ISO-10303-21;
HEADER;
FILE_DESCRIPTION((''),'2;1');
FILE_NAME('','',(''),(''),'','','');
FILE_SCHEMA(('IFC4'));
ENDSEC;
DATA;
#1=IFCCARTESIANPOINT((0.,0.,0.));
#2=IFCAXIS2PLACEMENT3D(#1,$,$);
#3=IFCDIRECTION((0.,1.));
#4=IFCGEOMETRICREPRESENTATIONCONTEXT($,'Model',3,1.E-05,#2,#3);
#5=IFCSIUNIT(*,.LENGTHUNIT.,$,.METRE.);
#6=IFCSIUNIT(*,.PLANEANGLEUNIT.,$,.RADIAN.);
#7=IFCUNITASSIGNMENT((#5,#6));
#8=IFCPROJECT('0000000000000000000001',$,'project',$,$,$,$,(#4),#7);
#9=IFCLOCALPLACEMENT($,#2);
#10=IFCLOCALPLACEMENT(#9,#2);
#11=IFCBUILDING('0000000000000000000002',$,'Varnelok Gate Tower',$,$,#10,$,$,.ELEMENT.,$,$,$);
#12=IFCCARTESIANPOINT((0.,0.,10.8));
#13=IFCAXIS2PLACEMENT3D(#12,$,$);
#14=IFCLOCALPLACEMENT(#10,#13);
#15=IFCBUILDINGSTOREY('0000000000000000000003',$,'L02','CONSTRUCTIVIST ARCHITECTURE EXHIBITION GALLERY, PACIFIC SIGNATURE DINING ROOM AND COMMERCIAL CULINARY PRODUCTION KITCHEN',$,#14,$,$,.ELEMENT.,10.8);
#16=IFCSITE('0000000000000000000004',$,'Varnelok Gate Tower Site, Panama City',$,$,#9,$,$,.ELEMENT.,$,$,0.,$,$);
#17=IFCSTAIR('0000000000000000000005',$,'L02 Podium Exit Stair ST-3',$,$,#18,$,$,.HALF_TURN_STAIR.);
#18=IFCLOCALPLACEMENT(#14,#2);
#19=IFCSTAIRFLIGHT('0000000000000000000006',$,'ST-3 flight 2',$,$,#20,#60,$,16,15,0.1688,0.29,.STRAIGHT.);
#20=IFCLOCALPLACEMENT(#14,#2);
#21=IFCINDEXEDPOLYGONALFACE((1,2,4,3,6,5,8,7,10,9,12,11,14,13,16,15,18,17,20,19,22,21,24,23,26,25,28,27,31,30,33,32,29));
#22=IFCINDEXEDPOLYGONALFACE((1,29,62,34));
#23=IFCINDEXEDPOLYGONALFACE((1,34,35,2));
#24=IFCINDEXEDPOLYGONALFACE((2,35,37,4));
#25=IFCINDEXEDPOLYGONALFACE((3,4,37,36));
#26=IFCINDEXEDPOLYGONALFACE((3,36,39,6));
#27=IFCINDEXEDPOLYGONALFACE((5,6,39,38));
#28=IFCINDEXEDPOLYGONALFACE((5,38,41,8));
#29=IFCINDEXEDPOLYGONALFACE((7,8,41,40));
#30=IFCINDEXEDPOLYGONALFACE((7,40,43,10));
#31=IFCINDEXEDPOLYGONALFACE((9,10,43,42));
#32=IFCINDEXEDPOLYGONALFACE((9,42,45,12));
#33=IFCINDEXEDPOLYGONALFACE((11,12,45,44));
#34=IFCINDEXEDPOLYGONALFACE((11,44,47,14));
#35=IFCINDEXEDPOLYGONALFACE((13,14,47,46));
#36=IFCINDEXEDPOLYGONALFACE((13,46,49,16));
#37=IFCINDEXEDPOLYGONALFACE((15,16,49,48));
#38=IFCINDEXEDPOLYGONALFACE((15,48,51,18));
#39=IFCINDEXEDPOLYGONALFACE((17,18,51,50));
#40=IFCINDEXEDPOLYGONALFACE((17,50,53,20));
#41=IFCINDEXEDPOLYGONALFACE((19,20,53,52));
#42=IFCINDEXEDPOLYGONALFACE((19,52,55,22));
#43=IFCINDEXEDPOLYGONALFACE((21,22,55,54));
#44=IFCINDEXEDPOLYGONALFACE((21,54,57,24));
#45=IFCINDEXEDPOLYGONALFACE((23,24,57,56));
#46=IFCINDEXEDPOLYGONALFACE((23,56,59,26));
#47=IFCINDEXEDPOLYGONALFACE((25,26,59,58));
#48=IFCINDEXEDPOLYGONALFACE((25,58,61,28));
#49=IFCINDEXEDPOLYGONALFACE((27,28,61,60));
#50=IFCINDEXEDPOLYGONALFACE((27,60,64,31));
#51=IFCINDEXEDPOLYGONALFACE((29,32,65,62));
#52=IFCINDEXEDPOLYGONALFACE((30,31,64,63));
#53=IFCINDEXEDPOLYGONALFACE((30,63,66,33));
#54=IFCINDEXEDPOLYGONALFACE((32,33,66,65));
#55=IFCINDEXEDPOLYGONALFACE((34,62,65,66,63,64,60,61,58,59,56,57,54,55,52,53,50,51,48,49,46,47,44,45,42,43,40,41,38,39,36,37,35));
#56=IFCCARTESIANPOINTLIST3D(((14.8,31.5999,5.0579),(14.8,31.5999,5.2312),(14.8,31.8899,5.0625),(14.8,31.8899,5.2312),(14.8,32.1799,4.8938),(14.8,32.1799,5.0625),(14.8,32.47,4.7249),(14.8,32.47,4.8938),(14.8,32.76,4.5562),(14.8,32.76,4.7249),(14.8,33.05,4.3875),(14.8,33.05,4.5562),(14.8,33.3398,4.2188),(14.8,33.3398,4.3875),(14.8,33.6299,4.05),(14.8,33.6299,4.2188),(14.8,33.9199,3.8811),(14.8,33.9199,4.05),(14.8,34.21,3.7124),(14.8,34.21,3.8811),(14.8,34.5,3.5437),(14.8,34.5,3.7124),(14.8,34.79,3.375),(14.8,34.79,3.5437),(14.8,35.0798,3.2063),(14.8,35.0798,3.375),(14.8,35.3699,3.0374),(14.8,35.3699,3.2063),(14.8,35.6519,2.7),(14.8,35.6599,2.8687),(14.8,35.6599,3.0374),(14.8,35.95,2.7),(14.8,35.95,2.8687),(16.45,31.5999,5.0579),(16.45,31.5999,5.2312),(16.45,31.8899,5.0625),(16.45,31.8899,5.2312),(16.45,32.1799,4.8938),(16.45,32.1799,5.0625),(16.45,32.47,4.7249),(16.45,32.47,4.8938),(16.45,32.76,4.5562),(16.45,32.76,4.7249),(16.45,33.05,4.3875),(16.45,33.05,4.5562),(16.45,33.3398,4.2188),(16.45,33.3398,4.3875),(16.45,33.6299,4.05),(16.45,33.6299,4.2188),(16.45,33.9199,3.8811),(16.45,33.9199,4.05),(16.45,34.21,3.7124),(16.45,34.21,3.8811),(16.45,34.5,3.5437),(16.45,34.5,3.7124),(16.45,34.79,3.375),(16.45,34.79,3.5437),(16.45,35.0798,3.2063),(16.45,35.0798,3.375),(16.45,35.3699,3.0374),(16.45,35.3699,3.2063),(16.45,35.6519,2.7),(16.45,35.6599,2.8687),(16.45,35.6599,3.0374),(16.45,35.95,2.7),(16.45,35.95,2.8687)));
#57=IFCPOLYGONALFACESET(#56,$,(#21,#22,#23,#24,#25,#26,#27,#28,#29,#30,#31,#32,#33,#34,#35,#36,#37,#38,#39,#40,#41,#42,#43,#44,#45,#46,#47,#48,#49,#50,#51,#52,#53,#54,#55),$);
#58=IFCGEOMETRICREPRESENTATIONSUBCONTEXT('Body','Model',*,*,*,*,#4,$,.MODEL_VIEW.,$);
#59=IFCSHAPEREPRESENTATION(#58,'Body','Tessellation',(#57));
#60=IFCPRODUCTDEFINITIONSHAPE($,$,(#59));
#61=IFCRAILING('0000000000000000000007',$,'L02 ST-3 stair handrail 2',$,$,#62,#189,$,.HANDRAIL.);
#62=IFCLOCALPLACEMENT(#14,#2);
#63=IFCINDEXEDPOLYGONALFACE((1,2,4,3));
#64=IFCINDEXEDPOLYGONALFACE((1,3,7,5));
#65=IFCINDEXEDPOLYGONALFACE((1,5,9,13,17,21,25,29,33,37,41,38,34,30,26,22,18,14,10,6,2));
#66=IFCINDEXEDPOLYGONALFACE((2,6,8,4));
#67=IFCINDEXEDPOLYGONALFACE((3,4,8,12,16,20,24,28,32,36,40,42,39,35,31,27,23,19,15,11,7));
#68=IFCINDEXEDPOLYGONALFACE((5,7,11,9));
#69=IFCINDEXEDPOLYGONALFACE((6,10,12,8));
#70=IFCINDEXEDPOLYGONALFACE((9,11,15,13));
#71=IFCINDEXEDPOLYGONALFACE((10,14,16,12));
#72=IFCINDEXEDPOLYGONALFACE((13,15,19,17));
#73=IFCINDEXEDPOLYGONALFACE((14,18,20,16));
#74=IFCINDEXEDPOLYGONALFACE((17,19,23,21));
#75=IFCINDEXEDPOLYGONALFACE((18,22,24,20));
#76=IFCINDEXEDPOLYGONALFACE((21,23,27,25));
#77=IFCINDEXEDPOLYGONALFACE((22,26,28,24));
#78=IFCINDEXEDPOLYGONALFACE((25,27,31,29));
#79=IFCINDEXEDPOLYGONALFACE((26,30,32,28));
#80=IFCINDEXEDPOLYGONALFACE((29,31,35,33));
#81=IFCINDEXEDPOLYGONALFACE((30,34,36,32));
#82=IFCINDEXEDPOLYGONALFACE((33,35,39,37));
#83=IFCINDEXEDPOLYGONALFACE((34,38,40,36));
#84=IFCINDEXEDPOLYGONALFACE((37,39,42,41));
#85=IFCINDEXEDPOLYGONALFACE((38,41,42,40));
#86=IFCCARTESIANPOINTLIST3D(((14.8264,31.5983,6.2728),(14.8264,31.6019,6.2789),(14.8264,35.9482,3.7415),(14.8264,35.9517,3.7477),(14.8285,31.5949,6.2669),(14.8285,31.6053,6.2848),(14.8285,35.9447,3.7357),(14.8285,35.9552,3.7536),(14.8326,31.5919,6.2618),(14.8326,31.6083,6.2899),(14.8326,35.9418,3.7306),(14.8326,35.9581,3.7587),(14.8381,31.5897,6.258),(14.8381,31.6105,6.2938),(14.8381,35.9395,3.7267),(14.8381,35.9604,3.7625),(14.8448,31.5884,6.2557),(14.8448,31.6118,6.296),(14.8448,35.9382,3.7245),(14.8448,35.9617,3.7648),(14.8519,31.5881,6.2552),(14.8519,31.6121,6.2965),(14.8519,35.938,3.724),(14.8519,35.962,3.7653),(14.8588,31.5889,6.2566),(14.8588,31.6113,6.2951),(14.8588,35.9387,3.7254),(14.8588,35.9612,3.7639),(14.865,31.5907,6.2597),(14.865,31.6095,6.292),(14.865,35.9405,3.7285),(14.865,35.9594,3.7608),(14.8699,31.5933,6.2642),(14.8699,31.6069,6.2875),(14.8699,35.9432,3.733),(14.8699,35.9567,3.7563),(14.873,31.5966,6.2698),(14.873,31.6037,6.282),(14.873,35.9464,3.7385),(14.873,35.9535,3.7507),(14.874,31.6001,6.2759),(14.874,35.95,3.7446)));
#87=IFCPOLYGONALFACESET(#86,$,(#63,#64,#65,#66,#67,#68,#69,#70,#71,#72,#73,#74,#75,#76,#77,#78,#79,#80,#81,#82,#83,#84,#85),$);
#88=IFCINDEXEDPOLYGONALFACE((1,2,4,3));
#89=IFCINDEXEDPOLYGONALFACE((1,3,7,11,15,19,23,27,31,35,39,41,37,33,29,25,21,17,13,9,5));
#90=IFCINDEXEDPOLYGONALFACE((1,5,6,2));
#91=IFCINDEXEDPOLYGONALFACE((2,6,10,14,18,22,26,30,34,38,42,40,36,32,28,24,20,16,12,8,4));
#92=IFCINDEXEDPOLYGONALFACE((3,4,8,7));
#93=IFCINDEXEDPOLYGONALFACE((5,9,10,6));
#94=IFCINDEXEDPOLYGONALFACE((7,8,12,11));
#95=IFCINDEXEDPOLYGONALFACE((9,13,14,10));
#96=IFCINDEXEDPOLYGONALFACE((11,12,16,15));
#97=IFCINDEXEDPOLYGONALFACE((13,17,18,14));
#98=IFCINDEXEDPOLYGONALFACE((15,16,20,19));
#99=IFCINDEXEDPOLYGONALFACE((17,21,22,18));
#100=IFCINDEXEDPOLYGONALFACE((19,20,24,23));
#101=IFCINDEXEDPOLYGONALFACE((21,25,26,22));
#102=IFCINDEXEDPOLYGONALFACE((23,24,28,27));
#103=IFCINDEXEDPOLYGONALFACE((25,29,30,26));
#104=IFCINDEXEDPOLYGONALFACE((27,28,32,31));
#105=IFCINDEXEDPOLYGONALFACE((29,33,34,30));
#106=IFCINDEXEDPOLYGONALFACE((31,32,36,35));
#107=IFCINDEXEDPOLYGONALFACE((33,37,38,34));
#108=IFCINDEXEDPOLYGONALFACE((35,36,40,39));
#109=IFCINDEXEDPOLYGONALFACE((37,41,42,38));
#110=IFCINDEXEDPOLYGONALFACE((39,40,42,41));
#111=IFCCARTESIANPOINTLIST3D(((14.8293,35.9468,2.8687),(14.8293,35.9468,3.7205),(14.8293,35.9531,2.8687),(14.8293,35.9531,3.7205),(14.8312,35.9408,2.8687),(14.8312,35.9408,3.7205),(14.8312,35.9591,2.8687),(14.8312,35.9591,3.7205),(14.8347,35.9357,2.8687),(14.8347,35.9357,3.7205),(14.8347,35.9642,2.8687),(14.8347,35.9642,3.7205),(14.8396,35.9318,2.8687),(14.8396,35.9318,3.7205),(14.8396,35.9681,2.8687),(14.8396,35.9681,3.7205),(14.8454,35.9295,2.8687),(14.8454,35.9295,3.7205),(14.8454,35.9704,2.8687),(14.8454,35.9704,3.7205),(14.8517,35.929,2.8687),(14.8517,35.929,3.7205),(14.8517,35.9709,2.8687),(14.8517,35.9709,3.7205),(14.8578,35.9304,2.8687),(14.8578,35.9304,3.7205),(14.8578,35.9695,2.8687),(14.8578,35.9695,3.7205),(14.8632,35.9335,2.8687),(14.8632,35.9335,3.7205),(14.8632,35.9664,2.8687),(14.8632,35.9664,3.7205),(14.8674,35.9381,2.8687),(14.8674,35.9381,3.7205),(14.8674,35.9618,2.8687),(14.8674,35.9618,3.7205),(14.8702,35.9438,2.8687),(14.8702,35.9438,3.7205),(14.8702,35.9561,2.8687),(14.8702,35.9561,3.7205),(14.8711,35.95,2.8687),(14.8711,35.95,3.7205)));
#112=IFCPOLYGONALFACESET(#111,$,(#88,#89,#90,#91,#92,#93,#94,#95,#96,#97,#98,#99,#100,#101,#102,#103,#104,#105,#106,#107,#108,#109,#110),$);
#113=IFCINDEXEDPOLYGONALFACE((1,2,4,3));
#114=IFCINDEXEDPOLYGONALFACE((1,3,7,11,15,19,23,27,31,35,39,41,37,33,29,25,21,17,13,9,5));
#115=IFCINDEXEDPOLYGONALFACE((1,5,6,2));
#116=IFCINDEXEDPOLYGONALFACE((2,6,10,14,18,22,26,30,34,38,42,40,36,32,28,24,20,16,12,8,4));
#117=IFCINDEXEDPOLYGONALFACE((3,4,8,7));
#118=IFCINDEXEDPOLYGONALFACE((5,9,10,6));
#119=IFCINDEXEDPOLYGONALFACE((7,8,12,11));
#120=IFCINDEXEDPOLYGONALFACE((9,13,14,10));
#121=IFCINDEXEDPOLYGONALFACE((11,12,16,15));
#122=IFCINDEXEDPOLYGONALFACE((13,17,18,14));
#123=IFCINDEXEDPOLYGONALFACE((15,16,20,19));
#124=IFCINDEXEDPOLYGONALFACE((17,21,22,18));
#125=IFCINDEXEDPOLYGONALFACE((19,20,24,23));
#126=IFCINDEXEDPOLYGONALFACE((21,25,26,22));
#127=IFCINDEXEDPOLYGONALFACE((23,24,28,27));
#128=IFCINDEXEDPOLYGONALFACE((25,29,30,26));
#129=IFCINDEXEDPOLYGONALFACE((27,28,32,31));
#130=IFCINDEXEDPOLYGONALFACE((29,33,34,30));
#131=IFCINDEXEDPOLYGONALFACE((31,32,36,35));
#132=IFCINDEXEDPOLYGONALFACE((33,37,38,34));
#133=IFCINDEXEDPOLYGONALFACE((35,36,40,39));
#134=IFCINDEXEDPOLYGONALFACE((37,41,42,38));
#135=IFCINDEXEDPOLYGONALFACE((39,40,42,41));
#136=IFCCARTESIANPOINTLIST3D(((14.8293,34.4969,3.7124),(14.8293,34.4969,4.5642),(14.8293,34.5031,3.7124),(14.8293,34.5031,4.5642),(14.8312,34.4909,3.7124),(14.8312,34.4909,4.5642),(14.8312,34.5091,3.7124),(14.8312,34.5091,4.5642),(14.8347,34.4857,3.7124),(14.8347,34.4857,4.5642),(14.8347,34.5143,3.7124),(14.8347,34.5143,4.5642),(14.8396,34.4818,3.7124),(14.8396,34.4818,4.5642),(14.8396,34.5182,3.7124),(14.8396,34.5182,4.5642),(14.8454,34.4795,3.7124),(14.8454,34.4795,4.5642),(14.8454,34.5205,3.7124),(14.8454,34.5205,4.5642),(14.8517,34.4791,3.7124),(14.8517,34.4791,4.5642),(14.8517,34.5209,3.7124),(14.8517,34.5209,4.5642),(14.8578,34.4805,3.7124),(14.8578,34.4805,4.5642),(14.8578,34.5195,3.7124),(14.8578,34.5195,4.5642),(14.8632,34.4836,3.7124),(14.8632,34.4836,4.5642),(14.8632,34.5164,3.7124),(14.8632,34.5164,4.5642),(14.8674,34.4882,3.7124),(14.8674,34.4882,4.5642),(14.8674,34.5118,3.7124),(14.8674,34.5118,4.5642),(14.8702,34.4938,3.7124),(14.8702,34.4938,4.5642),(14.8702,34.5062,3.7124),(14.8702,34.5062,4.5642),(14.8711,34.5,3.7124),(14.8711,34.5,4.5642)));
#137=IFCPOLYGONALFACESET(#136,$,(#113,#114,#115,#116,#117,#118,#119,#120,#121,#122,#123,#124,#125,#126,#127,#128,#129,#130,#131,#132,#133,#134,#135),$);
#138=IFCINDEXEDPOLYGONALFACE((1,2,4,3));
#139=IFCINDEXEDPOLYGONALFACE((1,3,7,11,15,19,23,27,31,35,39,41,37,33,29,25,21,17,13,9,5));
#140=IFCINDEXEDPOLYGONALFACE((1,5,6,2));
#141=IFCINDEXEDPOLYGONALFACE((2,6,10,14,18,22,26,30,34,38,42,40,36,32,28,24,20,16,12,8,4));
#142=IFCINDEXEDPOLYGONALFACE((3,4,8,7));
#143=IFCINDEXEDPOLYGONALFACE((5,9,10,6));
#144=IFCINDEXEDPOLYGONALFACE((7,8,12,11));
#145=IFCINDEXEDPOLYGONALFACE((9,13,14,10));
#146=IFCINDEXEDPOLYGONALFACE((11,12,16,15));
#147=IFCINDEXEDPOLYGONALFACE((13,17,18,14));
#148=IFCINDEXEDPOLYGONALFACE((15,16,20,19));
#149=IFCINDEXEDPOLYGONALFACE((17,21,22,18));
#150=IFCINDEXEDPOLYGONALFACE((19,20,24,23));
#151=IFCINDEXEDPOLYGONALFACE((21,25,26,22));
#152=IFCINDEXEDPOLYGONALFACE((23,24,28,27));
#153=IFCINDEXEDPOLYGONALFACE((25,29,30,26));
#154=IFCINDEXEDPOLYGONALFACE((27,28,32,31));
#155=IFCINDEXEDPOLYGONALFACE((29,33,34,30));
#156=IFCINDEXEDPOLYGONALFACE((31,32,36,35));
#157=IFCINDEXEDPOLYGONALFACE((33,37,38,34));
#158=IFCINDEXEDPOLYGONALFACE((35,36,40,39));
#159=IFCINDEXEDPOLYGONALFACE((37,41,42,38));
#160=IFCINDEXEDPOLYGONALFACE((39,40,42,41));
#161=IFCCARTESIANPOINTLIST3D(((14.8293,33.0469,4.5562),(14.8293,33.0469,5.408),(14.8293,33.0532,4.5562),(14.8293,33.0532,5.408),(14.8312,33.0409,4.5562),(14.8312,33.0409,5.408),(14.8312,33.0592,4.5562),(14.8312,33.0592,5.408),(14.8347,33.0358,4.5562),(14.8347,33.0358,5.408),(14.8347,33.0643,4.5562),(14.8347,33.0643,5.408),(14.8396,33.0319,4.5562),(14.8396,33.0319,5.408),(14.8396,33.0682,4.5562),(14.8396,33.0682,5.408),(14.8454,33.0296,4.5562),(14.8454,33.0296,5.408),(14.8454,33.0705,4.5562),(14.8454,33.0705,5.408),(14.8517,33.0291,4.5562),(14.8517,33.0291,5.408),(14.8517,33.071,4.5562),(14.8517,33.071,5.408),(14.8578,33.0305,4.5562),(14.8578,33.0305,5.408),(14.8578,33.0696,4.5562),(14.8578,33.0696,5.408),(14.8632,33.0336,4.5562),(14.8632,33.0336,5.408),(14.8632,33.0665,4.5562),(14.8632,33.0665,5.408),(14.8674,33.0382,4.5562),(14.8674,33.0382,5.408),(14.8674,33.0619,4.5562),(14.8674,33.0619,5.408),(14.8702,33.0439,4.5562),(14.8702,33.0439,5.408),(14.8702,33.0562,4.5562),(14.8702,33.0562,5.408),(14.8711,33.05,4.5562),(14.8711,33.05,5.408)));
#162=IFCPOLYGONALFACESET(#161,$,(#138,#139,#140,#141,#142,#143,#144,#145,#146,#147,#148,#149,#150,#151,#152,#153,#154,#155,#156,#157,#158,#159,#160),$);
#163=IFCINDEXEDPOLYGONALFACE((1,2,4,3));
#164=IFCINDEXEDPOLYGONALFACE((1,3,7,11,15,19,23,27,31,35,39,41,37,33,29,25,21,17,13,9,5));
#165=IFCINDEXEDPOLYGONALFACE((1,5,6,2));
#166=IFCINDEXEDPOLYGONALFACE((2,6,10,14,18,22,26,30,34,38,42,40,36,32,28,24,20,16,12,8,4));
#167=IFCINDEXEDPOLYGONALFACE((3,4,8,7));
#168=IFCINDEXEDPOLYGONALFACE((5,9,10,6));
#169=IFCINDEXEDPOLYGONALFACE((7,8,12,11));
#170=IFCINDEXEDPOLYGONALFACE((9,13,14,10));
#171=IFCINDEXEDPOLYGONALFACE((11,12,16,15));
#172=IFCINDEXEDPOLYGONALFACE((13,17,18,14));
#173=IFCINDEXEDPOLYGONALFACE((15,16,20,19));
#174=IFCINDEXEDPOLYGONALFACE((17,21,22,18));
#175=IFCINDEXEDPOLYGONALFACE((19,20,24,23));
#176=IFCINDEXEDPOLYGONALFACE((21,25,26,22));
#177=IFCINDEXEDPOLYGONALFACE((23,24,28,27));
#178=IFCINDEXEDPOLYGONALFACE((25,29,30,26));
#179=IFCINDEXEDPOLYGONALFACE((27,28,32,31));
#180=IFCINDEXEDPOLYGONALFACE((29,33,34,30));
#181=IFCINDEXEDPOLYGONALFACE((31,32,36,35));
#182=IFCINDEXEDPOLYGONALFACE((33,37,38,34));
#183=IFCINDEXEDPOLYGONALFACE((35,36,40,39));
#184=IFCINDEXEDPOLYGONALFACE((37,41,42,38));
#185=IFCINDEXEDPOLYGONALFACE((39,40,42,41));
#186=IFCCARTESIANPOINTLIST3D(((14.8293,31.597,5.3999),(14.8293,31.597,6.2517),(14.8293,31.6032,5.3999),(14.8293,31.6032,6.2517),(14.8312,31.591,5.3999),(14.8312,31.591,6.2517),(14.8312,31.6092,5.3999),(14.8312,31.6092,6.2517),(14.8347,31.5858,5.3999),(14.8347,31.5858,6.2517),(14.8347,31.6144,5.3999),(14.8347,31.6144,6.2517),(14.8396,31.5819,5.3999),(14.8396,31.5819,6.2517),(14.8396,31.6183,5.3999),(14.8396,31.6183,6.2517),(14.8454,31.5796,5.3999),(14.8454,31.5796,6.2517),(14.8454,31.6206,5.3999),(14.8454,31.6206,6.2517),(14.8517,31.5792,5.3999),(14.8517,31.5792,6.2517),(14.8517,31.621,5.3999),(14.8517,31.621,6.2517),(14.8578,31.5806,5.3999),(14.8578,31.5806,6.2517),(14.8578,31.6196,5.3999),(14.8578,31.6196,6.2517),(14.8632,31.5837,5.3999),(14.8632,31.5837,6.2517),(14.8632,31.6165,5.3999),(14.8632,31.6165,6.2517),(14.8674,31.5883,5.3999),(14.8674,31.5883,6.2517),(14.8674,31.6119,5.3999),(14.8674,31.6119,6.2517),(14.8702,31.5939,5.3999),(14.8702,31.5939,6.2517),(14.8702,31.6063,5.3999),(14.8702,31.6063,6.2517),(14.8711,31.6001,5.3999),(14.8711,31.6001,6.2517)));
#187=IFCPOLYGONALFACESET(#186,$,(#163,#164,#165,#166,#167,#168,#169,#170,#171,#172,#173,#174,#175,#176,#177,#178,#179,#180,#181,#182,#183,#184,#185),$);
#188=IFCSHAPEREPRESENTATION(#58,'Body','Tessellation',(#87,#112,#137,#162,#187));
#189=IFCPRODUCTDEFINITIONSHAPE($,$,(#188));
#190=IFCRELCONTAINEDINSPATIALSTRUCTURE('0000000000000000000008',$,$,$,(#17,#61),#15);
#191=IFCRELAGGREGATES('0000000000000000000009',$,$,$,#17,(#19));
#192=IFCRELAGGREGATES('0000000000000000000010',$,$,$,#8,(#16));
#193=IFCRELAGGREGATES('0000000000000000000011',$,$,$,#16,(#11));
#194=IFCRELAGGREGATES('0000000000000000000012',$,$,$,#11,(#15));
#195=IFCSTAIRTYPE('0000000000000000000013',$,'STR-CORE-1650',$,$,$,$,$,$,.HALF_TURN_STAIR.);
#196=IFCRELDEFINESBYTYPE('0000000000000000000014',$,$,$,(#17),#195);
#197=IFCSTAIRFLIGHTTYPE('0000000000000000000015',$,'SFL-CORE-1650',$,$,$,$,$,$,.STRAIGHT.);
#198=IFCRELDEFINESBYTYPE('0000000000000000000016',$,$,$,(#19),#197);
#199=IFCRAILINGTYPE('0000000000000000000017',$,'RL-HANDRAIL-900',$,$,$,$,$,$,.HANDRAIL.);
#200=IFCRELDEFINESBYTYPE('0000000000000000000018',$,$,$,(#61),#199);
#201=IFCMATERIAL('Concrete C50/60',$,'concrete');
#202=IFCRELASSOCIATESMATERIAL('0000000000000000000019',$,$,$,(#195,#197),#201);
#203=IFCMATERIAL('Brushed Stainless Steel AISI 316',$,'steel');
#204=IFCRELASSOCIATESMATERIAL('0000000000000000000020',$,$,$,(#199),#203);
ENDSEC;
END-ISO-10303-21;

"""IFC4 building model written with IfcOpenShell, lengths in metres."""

from ifc_helpers import new_model, si_unit, direction, frame, origin, origin_2d, place, context, subcontext, project, spatial, polyline, circle, outline, extrude, material, type_object, element, aggregate, save


model = new_model("IFC4")

# Units and contexts
model_context = context("Model", 3, precision=1e-05, world=origin(), true_north=direction((0.0, 1.0)))
body_context = subcontext(model_context, "Body", "Model", "MODEL_VIEW")
ifc_project = project(units=[si_unit("LENGTHUNIT", "METRE"), si_unit("PLANEANGLEUNIT", "RADIAN")], contexts=[model_context])

# Site, building, storey
site_placement = place(None, origin())
site = spatial("IfcSite", under=ifc_project, at=site_placement, Name="Varnelok Gate Tower Site, Panama City", CompositionType="ELEMENT", RefElevation=0.0)
building_placement = place(site_placement, origin())
building = spatial("IfcBuilding", under=site, at=building_placement, Name="Varnelok Gate Tower", CompositionType="ELEMENT")
storey_placement = place(building_placement, frame((0.0, 0.0, 10.8)))
storey = spatial("IfcBuildingStorey", under=building, at=storey_placement, Name="L02", Description="CONSTRUCTIVIST ARCHITECTURE EXHIBITION GALLERY, PACIFIC SIGNATURE DINING ROOM AND COMMERCIAL CULINARY PRODUCTION KITCHEN", CompositionType="ELEMENT", Elevation=10.8)

# Stair, stair flight
ifc_material_1 = material(Name="Concrete C50/60", Category="concrete")
stair_type = type_object("IfcStairType", Name="STR-CORE-1650", PredefinedType="HALF_TURN_STAIR", material=ifc_material_1)
stair_placement = place(storey_placement, origin())
stair = element("IfcStair", 1, at=stair_placement, inside=storey, type_object=stair_type, Name="L02 Podium Exit Stair ST-3", PredefinedType="HALF_TURN_STAIR")
stair_flight_type = type_object("IfcStairFlightType", Name="SFL-CORE-1650", PredefinedType="STRAIGHT", material=ifc_material_1)
stair_flight_placement = place(storey_placement, frame((15.625, 35.95, 2.7), z_axis=(0.0, 0.0, 1.0), x_axis=(0.0, -1.0, 0.0)))
stair_flight = element("IfcStairFlight", 2, at=stair_flight_placement, type_object=stair_flight_type, Name="ST-3 flight 2", NumberOfRisers=16, NumberOfTreads=15, PredefinedType="STRAIGHT", RiserHeight=0.1688, TreadLength=0.29, context=body_context, shape_type="SweptSolid", body=[
    extrude(outline(polyline([(0.0, 0.0), (0.0, 0.1687), (0.29, 0.1687), (0.29, 0.3374), (0.5801, 0.3374), (0.5801, 0.5063), (0.8701, 0.5063), (0.8701, 0.675), (1.1599, 0.675), (1.1599, 0.8438), (1.45, 0.8438), (1.45, 1.0125), (1.74, 1.0125), (1.74, 1.1812), (2.03, 1.1812), (2.03, 1.3501), (2.3201, 1.3501), (2.3201, 1.5188), (2.6101, 1.5188), (2.6101, 1.6875), (2.8999, 1.6875), (2.8999, 1.8562), (3.1899, 1.8562), (3.1899, 2.0249), (3.48, 2.0249), (3.48, 2.1938), (3.77, 2.1938), (3.77, 2.3625), (4.0601, 2.3625), (4.0601, 2.5312), (4.3501, 2.5312), (4.3501, 2.7), (4.3501, 2.3579), (0.2981, 0.0), (0.0, 0.0)])), frame((0.0, 0.825, 0.0), z_axis=(0.0, -1.0, 0.0), x_axis=(1.0, 0.0, 0.0)), (0.0, 0.0, 1.0), 1.6499),
])
aggregate(stair, [stair_flight])

# Railing
ifc_material_2 = material(Name="Brushed Stainless Steel AISI 316", Category="steel")
railing_type_1 = type_object("IfcRailingType", Name="RL-HANDRAIL-900", PredefinedType="HANDRAIL", material=ifc_material_2)
railing_1_placement = place(storey_placement, frame((14.8501, 35.95, 2.8687)))
element("IfcRailing", 3, at=railing_1_placement, inside=storey, type_object=railing_type_1, Name="L02 ST-3 stair handrail 2", PredefinedType="HANDRAIL", context=body_context, shape_type="SweptSolid", body=[
    extrude(circle(Radius=0.0239, at=origin_2d()), frame((0.0, 0.0, 0.876), z_axis=(0.0, -0.864312, 0.502957), x_axis=(1.0, 0.0, 0.0)), (0.0, 0.0, 1.0), 5.0327),
    extrude(circle(Radius=0.021, at=origin_2d()), origin(), (0.0, 0.0, 1.0), 0.8518),
    extrude(circle(Radius=0.021, at=origin_2d()), frame((0.0, -1.45, 0.8438)), (0.0, 0.0, 1.0), 0.8518),
    extrude(circle(Radius=0.021, at=origin_2d()), frame((0.0, -2.8999, 1.6875)), (0.0, 0.0, 1.0), 0.8518),
    extrude(circle(Radius=0.021, at=origin_2d()), frame((0.0, -4.3499, 2.5312)), (0.0, 0.0, 1.0), 0.8518),
])

save(model, "model.ifc")
